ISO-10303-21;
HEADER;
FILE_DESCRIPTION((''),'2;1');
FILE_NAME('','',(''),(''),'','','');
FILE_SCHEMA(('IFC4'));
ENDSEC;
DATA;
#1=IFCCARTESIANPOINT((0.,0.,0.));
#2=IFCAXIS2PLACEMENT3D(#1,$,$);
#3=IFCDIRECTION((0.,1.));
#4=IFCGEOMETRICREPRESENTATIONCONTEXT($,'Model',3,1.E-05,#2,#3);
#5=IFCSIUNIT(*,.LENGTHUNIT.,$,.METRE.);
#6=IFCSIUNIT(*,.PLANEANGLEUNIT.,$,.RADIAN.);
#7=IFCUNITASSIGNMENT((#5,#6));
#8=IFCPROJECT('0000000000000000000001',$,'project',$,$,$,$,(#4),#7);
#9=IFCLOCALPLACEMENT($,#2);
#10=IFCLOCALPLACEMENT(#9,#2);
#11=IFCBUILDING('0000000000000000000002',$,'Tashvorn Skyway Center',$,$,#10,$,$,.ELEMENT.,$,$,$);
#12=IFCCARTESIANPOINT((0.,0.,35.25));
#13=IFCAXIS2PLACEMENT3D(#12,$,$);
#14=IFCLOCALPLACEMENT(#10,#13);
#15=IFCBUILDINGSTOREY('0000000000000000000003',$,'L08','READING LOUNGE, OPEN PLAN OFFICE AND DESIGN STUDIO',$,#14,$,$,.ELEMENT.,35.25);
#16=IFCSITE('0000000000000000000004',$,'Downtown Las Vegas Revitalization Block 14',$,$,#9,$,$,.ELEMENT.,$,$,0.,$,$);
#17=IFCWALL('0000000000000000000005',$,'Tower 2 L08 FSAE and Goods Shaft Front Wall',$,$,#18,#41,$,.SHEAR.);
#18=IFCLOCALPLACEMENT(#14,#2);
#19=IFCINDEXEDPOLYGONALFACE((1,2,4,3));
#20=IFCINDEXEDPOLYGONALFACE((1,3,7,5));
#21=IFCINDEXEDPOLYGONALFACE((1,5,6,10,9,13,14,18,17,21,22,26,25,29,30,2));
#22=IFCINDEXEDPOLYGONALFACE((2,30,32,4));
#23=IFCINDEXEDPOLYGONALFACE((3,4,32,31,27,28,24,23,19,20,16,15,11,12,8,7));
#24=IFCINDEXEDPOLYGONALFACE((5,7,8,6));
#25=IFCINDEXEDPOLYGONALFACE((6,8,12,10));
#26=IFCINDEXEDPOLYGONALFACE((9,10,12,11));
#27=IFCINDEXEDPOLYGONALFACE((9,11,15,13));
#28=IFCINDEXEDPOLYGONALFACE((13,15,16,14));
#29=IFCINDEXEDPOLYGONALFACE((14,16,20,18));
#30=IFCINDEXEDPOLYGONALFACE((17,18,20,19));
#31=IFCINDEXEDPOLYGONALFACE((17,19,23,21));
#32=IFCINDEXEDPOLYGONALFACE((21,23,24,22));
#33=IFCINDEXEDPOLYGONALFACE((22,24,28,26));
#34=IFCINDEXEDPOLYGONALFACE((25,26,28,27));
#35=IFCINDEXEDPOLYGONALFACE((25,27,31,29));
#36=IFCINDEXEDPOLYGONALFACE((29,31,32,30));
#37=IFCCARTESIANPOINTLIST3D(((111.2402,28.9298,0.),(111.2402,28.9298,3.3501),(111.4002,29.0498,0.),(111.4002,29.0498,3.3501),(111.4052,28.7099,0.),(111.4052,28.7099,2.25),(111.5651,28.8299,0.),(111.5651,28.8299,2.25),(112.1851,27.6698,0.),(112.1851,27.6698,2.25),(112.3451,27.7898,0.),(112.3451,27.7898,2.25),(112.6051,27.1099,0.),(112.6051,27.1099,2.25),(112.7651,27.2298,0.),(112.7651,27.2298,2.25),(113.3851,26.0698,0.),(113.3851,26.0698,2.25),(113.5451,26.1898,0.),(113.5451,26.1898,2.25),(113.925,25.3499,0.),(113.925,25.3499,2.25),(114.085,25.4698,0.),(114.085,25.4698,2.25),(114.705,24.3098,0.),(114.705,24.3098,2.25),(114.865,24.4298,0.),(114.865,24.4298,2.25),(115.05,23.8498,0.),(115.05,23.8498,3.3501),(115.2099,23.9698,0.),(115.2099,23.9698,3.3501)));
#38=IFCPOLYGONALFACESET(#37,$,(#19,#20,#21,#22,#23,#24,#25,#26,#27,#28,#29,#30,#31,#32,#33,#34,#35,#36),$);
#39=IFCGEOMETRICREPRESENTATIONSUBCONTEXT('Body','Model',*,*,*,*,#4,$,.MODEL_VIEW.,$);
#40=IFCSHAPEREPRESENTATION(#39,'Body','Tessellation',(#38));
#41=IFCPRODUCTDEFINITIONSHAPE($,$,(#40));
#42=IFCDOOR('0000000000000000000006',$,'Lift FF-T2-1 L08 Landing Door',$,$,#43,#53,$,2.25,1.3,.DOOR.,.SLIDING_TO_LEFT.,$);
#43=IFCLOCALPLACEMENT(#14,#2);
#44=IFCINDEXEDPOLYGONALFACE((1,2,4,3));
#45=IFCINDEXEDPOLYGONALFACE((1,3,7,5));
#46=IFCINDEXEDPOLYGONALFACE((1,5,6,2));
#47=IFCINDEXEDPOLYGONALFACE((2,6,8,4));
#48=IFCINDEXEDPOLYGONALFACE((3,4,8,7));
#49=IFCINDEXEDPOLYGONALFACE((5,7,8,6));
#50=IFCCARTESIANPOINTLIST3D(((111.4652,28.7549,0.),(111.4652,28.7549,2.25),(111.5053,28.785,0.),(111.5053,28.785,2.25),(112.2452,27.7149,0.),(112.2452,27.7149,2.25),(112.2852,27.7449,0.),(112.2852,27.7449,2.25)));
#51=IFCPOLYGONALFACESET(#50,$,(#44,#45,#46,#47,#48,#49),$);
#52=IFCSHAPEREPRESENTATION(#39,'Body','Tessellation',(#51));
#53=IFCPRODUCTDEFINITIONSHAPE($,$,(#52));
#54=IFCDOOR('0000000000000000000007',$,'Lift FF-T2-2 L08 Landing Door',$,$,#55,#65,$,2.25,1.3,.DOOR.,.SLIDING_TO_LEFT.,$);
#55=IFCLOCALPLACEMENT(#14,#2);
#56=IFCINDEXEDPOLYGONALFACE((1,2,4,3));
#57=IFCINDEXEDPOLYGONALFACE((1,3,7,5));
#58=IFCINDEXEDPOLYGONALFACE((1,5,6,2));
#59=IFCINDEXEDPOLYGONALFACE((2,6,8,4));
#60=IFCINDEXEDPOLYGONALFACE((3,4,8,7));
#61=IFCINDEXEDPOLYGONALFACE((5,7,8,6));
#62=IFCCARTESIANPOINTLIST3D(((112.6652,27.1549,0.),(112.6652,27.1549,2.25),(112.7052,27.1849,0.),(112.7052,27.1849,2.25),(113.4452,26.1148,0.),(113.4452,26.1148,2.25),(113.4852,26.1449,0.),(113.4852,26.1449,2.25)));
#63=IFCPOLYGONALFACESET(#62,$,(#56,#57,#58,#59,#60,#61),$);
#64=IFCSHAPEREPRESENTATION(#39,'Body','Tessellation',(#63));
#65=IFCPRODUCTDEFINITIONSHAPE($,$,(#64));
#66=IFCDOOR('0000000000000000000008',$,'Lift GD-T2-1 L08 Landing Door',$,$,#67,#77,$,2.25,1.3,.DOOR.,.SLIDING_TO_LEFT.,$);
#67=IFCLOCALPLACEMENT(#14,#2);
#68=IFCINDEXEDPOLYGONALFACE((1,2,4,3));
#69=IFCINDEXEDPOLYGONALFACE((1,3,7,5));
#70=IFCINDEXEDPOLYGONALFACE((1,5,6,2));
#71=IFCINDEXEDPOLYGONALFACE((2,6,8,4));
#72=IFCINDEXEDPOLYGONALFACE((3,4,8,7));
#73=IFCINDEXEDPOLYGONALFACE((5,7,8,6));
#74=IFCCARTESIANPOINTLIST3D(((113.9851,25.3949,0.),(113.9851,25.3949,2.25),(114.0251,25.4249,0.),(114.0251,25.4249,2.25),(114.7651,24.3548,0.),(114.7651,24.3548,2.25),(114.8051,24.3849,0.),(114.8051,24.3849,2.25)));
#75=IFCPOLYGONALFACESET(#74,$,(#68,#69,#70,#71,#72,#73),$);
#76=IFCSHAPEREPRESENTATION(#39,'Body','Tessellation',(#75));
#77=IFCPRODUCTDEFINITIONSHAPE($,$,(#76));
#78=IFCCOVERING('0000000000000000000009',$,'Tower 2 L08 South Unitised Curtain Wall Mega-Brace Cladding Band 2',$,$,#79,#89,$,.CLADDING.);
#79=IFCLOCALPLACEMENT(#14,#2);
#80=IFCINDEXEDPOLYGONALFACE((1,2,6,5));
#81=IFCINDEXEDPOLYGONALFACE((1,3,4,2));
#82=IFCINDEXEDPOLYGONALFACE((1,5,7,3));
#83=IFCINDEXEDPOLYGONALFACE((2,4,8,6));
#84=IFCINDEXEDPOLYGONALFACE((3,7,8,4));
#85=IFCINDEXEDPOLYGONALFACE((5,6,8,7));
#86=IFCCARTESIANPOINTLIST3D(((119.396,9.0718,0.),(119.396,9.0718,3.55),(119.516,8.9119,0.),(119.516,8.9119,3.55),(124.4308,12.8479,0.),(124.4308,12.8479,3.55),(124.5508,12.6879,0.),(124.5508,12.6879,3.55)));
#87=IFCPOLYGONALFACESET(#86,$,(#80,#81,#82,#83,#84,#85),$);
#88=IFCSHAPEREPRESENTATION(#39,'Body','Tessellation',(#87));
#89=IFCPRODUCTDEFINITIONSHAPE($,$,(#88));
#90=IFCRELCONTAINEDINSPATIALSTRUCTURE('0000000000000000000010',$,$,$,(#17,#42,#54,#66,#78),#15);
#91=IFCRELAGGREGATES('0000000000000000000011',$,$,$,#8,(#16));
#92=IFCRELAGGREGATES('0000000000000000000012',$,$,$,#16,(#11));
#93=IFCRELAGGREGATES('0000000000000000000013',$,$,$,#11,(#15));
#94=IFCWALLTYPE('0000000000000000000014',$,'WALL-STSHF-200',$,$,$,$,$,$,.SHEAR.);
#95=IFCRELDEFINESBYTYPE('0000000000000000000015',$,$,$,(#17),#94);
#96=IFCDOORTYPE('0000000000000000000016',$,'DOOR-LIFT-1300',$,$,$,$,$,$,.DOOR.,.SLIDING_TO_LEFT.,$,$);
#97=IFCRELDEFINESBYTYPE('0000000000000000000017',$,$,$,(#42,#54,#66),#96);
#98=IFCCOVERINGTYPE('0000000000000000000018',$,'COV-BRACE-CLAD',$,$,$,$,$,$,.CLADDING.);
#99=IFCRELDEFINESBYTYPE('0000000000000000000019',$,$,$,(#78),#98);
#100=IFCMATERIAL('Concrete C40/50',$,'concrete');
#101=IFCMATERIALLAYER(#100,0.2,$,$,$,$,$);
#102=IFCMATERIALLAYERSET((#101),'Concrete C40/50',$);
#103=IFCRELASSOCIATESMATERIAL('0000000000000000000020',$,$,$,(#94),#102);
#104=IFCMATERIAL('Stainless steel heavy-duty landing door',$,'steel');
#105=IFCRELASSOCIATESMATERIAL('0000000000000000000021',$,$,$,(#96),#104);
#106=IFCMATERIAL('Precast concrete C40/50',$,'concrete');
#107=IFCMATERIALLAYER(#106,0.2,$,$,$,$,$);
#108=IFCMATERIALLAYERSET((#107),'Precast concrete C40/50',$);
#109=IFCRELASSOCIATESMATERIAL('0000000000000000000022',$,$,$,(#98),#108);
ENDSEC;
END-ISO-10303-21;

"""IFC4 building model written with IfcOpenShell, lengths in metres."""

from ifc_helpers import new_model, si_unit, direction, frame, frame_2d, origin, origin_2d, place, context, subcontext, project, spatial, rectangle, extrude, material, layer, layer_set, type_object, element, fill, save


model = new_model("IFC4")

# Units and contexts
model_context = context("Model", 3, precision=1e-05, world=origin(), true_north=direction((0.0, 1.0)))
body_context = subcontext(model_context, "Body", "Model", "MODEL_VIEW")
ifc_project = project(units=[si_unit("LENGTHUNIT", "METRE"), si_unit("PLANEANGLEUNIT", "RADIAN")], contexts=[model_context])

# Site, building, storey
site_placement = place(None, origin())
site = spatial("IfcSite", under=ifc_project, at=site_placement, Name="Downtown Las Vegas Revitalization Block 14", CompositionType="ELEMENT", RefElevation=0.0)
building_placement = place(site_placement, origin())
building = spatial("IfcBuilding", under=site, at=building_placement, Name="Tashvorn Skyway Center", CompositionType="ELEMENT")
storey_placement = place(building_placement, frame((0.0, 0.0, 35.25)))
storey = spatial("IfcBuildingStorey", under=building, at=storey_placement, Name="L08", Description="READING LOUNGE, OPEN PLAN OFFICE AND DESIGN STUDIO", CompositionType="ELEMENT", Elevation=35.25)

# Shared definitions
ifc_material_1 = material(Name="Concrete C40/50", Category="concrete")

# Shared definitions
ifc_layer_1 = layer(ifc_material_1, 0.2)
ifc_layer_set_1 = layer_set([ifc_layer_1], Name="Concrete C40/50")
wall_type_1 = type_object("IfcWallType", Name="WALL-STSHF-200", PredefinedType="SHEAR", material=ifc_layer_set_1)

# Wall, openings, doors
wall_1_placement = place(storey_placement, frame((115.1299, 23.9099, 0.0), z_axis=(0.0, 0.0, 1.0), x_axis=(-0.599975, 0.800018, 0.0)))
wall_1 = element("IfcWall", 1, at=wall_1_placement, inside=storey, type_object=wall_type_1, Name="Tower 2 L08 FSAE and Goods Shaft Front Wall", PredefinedType="SHEAR", context=body_context, shape_type="SweptSolid", body=[
    extrude(rectangle(XDim=6.3499, YDim=0.2, at=frame_2d((3.1748, 0.0))), origin(), (0.0, 0.0, 1.0), 3.3501),
])
opening_1_placement = place(wall_1_placement, frame((4.7749, 0.0, 0.0)))
opening_1 = element("IfcOpeningElement", 2, at=opening_1_placement, cuts=wall_1, PredefinedType="OPENING", context=body_context, shape_type="SweptSolid", body=[
    extrude(rectangle(XDim=1.3, YDim=2.25, at=frame_2d((0.6499, 1.125))), frame((0.0, 0.1099, 0.0), z_axis=(0.0, -1.0, 0.0), x_axis=(1.0, 0.0, 0.0)), (0.0, 0.0, 1.0), 0.22),
])
opening_2_placement = place(wall_1_placement, frame((2.7749, 0.0, 0.0)))
opening_2 = element("IfcOpeningElement", 3, at=opening_2_placement, cuts=wall_1, PredefinedType="OPENING", context=body_context, shape_type="SweptSolid", body=[
    extrude(rectangle(XDim=1.3, YDim=2.25, at=frame_2d((0.6499, 1.125))), frame((0.0, 0.1099, 0.0), z_axis=(0.0, -1.0, 0.0), x_axis=(1.0, 0.0, 0.0)), (0.0, 0.0, 1.0), 0.22),
])
opening_3_placement = place(wall_1_placement, frame((0.575, 0.0, 0.0)))
opening_3 = element("IfcOpeningElement", 4, at=opening_3_placement, cuts=wall_1, PredefinedType="OPENING", context=body_context, shape_type="SweptSolid", body=[
    extrude(rectangle(XDim=1.3, YDim=2.25, at=frame_2d((0.6499, 1.125))), frame((0.0, 0.1099, 0.0), z_axis=(0.0, -1.0, 0.0), x_axis=(1.0, 0.0, 0.0)), (0.0, 0.0, 1.0), 0.22),
])
ifc_material_2 = material(Name="Stainless steel heavy-duty landing door", Category="steel")
door_type_1 = type_object("IfcDoorType", Name="DOOR-LIFT-1300", OperationType="SLIDING_TO_LEFT", PredefinedType="DOOR", material=ifc_material_2)
door_1_placement = place(opening_1_placement, origin())
door_1 = element("IfcDoor", 5, at=door_1_placement, inside=storey, type_object=door_type_1, Name="Lift FF-T2-1 L08 Landing Door", OperationType="SLIDING_TO_LEFT", OverallHeight=2.25, OverallWidth=1.3, PredefinedType="DOOR", context=body_context, shape_type="SweptSolid", body=[
    extrude(rectangle(XDim=1.3, YDim=2.25, at=frame_2d((0.6499, 1.125))), frame((0.0, 0.0249, 0.0), z_axis=(0.0, -1.0, 0.0), x_axis=(1.0, 0.0, 0.0)), (0.0, 0.0, 1.0), 0.05),
])
fill(opening_1, door_1)
door_2_placement = place(opening_2_placement, origin())
door_2 = element("IfcDoor", 6, at=door_2_placement, inside=storey, type_object=door_type_1, Name="Lift FF-T2-2 L08 Landing Door", OperationType="SLIDING_TO_LEFT", OverallHeight=2.25, OverallWidth=1.3, PredefinedType="DOOR", context=body_context, shape_type="SweptSolid", body=[
    extrude(rectangle(XDim=1.3, YDim=2.25, at=frame_2d((0.6499, 1.125))), frame((0.0, 0.0249, 0.0), z_axis=(0.0, -1.0, 0.0), x_axis=(1.0, 0.0, 0.0)), (0.0, 0.0, 1.0), 0.05),
])
fill(opening_2, door_2)
door_3_placement = place(opening_3_placement, origin())
door_3 = element("IfcDoor", 7, at=door_3_placement, inside=storey, type_object=door_type_1, Name="Lift GD-T2-1 L08 Landing Door", OperationType="SLIDING_TO_LEFT", OverallHeight=2.25, OverallWidth=1.3, PredefinedType="DOOR", context=body_context, shape_type="SweptSolid", body=[
    extrude(rectangle(XDim=1.3, YDim=2.25, at=frame_2d((0.6499, 1.125))), frame((0.0, 0.0249, 0.0), z_axis=(0.0, -1.0, 0.0), x_axis=(1.0, 0.0, 0.0)), (0.0, 0.0, 1.0), 0.05),
])
fill(opening_3, door_3)

# Covering
ifc_material_3 = material(Name="Precast concrete C40/50", Category="concrete")
ifc_layer_2 = layer(ifc_material_3, 0.2)
ifc_layer_set_2 = layer_set([ifc_layer_2], Name="Precast concrete C40/50")
covering_type = type_object("IfcCoveringType", Name="COV-BRACE-CLAD", PredefinedType="CLADDING", material=ifc_layer_set_2)
covering_placement = place(storey_placement, frame((121.9734, 10.8799, 0.0), z_axis=(0.0, 0.0, 1.0), x_axis=(-0.8, -0.6, 0.0)))
element("IfcCovering", 8, at=covering_placement, inside=storey, type_object=covering_type, Name="Tower 2 L08 South Unitised Curtain Wall Mega-Brace Cladding Band 2", PredefinedType="CLADDING", context=body_context, shape_type="SweptSolid", body=[
    extrude(rectangle(XDim=6.2935, YDim=0.2, at=origin_2d()), origin(), (0.0, 0.0, 1.0), 3.55),
])

save(model, "model.ifc")
